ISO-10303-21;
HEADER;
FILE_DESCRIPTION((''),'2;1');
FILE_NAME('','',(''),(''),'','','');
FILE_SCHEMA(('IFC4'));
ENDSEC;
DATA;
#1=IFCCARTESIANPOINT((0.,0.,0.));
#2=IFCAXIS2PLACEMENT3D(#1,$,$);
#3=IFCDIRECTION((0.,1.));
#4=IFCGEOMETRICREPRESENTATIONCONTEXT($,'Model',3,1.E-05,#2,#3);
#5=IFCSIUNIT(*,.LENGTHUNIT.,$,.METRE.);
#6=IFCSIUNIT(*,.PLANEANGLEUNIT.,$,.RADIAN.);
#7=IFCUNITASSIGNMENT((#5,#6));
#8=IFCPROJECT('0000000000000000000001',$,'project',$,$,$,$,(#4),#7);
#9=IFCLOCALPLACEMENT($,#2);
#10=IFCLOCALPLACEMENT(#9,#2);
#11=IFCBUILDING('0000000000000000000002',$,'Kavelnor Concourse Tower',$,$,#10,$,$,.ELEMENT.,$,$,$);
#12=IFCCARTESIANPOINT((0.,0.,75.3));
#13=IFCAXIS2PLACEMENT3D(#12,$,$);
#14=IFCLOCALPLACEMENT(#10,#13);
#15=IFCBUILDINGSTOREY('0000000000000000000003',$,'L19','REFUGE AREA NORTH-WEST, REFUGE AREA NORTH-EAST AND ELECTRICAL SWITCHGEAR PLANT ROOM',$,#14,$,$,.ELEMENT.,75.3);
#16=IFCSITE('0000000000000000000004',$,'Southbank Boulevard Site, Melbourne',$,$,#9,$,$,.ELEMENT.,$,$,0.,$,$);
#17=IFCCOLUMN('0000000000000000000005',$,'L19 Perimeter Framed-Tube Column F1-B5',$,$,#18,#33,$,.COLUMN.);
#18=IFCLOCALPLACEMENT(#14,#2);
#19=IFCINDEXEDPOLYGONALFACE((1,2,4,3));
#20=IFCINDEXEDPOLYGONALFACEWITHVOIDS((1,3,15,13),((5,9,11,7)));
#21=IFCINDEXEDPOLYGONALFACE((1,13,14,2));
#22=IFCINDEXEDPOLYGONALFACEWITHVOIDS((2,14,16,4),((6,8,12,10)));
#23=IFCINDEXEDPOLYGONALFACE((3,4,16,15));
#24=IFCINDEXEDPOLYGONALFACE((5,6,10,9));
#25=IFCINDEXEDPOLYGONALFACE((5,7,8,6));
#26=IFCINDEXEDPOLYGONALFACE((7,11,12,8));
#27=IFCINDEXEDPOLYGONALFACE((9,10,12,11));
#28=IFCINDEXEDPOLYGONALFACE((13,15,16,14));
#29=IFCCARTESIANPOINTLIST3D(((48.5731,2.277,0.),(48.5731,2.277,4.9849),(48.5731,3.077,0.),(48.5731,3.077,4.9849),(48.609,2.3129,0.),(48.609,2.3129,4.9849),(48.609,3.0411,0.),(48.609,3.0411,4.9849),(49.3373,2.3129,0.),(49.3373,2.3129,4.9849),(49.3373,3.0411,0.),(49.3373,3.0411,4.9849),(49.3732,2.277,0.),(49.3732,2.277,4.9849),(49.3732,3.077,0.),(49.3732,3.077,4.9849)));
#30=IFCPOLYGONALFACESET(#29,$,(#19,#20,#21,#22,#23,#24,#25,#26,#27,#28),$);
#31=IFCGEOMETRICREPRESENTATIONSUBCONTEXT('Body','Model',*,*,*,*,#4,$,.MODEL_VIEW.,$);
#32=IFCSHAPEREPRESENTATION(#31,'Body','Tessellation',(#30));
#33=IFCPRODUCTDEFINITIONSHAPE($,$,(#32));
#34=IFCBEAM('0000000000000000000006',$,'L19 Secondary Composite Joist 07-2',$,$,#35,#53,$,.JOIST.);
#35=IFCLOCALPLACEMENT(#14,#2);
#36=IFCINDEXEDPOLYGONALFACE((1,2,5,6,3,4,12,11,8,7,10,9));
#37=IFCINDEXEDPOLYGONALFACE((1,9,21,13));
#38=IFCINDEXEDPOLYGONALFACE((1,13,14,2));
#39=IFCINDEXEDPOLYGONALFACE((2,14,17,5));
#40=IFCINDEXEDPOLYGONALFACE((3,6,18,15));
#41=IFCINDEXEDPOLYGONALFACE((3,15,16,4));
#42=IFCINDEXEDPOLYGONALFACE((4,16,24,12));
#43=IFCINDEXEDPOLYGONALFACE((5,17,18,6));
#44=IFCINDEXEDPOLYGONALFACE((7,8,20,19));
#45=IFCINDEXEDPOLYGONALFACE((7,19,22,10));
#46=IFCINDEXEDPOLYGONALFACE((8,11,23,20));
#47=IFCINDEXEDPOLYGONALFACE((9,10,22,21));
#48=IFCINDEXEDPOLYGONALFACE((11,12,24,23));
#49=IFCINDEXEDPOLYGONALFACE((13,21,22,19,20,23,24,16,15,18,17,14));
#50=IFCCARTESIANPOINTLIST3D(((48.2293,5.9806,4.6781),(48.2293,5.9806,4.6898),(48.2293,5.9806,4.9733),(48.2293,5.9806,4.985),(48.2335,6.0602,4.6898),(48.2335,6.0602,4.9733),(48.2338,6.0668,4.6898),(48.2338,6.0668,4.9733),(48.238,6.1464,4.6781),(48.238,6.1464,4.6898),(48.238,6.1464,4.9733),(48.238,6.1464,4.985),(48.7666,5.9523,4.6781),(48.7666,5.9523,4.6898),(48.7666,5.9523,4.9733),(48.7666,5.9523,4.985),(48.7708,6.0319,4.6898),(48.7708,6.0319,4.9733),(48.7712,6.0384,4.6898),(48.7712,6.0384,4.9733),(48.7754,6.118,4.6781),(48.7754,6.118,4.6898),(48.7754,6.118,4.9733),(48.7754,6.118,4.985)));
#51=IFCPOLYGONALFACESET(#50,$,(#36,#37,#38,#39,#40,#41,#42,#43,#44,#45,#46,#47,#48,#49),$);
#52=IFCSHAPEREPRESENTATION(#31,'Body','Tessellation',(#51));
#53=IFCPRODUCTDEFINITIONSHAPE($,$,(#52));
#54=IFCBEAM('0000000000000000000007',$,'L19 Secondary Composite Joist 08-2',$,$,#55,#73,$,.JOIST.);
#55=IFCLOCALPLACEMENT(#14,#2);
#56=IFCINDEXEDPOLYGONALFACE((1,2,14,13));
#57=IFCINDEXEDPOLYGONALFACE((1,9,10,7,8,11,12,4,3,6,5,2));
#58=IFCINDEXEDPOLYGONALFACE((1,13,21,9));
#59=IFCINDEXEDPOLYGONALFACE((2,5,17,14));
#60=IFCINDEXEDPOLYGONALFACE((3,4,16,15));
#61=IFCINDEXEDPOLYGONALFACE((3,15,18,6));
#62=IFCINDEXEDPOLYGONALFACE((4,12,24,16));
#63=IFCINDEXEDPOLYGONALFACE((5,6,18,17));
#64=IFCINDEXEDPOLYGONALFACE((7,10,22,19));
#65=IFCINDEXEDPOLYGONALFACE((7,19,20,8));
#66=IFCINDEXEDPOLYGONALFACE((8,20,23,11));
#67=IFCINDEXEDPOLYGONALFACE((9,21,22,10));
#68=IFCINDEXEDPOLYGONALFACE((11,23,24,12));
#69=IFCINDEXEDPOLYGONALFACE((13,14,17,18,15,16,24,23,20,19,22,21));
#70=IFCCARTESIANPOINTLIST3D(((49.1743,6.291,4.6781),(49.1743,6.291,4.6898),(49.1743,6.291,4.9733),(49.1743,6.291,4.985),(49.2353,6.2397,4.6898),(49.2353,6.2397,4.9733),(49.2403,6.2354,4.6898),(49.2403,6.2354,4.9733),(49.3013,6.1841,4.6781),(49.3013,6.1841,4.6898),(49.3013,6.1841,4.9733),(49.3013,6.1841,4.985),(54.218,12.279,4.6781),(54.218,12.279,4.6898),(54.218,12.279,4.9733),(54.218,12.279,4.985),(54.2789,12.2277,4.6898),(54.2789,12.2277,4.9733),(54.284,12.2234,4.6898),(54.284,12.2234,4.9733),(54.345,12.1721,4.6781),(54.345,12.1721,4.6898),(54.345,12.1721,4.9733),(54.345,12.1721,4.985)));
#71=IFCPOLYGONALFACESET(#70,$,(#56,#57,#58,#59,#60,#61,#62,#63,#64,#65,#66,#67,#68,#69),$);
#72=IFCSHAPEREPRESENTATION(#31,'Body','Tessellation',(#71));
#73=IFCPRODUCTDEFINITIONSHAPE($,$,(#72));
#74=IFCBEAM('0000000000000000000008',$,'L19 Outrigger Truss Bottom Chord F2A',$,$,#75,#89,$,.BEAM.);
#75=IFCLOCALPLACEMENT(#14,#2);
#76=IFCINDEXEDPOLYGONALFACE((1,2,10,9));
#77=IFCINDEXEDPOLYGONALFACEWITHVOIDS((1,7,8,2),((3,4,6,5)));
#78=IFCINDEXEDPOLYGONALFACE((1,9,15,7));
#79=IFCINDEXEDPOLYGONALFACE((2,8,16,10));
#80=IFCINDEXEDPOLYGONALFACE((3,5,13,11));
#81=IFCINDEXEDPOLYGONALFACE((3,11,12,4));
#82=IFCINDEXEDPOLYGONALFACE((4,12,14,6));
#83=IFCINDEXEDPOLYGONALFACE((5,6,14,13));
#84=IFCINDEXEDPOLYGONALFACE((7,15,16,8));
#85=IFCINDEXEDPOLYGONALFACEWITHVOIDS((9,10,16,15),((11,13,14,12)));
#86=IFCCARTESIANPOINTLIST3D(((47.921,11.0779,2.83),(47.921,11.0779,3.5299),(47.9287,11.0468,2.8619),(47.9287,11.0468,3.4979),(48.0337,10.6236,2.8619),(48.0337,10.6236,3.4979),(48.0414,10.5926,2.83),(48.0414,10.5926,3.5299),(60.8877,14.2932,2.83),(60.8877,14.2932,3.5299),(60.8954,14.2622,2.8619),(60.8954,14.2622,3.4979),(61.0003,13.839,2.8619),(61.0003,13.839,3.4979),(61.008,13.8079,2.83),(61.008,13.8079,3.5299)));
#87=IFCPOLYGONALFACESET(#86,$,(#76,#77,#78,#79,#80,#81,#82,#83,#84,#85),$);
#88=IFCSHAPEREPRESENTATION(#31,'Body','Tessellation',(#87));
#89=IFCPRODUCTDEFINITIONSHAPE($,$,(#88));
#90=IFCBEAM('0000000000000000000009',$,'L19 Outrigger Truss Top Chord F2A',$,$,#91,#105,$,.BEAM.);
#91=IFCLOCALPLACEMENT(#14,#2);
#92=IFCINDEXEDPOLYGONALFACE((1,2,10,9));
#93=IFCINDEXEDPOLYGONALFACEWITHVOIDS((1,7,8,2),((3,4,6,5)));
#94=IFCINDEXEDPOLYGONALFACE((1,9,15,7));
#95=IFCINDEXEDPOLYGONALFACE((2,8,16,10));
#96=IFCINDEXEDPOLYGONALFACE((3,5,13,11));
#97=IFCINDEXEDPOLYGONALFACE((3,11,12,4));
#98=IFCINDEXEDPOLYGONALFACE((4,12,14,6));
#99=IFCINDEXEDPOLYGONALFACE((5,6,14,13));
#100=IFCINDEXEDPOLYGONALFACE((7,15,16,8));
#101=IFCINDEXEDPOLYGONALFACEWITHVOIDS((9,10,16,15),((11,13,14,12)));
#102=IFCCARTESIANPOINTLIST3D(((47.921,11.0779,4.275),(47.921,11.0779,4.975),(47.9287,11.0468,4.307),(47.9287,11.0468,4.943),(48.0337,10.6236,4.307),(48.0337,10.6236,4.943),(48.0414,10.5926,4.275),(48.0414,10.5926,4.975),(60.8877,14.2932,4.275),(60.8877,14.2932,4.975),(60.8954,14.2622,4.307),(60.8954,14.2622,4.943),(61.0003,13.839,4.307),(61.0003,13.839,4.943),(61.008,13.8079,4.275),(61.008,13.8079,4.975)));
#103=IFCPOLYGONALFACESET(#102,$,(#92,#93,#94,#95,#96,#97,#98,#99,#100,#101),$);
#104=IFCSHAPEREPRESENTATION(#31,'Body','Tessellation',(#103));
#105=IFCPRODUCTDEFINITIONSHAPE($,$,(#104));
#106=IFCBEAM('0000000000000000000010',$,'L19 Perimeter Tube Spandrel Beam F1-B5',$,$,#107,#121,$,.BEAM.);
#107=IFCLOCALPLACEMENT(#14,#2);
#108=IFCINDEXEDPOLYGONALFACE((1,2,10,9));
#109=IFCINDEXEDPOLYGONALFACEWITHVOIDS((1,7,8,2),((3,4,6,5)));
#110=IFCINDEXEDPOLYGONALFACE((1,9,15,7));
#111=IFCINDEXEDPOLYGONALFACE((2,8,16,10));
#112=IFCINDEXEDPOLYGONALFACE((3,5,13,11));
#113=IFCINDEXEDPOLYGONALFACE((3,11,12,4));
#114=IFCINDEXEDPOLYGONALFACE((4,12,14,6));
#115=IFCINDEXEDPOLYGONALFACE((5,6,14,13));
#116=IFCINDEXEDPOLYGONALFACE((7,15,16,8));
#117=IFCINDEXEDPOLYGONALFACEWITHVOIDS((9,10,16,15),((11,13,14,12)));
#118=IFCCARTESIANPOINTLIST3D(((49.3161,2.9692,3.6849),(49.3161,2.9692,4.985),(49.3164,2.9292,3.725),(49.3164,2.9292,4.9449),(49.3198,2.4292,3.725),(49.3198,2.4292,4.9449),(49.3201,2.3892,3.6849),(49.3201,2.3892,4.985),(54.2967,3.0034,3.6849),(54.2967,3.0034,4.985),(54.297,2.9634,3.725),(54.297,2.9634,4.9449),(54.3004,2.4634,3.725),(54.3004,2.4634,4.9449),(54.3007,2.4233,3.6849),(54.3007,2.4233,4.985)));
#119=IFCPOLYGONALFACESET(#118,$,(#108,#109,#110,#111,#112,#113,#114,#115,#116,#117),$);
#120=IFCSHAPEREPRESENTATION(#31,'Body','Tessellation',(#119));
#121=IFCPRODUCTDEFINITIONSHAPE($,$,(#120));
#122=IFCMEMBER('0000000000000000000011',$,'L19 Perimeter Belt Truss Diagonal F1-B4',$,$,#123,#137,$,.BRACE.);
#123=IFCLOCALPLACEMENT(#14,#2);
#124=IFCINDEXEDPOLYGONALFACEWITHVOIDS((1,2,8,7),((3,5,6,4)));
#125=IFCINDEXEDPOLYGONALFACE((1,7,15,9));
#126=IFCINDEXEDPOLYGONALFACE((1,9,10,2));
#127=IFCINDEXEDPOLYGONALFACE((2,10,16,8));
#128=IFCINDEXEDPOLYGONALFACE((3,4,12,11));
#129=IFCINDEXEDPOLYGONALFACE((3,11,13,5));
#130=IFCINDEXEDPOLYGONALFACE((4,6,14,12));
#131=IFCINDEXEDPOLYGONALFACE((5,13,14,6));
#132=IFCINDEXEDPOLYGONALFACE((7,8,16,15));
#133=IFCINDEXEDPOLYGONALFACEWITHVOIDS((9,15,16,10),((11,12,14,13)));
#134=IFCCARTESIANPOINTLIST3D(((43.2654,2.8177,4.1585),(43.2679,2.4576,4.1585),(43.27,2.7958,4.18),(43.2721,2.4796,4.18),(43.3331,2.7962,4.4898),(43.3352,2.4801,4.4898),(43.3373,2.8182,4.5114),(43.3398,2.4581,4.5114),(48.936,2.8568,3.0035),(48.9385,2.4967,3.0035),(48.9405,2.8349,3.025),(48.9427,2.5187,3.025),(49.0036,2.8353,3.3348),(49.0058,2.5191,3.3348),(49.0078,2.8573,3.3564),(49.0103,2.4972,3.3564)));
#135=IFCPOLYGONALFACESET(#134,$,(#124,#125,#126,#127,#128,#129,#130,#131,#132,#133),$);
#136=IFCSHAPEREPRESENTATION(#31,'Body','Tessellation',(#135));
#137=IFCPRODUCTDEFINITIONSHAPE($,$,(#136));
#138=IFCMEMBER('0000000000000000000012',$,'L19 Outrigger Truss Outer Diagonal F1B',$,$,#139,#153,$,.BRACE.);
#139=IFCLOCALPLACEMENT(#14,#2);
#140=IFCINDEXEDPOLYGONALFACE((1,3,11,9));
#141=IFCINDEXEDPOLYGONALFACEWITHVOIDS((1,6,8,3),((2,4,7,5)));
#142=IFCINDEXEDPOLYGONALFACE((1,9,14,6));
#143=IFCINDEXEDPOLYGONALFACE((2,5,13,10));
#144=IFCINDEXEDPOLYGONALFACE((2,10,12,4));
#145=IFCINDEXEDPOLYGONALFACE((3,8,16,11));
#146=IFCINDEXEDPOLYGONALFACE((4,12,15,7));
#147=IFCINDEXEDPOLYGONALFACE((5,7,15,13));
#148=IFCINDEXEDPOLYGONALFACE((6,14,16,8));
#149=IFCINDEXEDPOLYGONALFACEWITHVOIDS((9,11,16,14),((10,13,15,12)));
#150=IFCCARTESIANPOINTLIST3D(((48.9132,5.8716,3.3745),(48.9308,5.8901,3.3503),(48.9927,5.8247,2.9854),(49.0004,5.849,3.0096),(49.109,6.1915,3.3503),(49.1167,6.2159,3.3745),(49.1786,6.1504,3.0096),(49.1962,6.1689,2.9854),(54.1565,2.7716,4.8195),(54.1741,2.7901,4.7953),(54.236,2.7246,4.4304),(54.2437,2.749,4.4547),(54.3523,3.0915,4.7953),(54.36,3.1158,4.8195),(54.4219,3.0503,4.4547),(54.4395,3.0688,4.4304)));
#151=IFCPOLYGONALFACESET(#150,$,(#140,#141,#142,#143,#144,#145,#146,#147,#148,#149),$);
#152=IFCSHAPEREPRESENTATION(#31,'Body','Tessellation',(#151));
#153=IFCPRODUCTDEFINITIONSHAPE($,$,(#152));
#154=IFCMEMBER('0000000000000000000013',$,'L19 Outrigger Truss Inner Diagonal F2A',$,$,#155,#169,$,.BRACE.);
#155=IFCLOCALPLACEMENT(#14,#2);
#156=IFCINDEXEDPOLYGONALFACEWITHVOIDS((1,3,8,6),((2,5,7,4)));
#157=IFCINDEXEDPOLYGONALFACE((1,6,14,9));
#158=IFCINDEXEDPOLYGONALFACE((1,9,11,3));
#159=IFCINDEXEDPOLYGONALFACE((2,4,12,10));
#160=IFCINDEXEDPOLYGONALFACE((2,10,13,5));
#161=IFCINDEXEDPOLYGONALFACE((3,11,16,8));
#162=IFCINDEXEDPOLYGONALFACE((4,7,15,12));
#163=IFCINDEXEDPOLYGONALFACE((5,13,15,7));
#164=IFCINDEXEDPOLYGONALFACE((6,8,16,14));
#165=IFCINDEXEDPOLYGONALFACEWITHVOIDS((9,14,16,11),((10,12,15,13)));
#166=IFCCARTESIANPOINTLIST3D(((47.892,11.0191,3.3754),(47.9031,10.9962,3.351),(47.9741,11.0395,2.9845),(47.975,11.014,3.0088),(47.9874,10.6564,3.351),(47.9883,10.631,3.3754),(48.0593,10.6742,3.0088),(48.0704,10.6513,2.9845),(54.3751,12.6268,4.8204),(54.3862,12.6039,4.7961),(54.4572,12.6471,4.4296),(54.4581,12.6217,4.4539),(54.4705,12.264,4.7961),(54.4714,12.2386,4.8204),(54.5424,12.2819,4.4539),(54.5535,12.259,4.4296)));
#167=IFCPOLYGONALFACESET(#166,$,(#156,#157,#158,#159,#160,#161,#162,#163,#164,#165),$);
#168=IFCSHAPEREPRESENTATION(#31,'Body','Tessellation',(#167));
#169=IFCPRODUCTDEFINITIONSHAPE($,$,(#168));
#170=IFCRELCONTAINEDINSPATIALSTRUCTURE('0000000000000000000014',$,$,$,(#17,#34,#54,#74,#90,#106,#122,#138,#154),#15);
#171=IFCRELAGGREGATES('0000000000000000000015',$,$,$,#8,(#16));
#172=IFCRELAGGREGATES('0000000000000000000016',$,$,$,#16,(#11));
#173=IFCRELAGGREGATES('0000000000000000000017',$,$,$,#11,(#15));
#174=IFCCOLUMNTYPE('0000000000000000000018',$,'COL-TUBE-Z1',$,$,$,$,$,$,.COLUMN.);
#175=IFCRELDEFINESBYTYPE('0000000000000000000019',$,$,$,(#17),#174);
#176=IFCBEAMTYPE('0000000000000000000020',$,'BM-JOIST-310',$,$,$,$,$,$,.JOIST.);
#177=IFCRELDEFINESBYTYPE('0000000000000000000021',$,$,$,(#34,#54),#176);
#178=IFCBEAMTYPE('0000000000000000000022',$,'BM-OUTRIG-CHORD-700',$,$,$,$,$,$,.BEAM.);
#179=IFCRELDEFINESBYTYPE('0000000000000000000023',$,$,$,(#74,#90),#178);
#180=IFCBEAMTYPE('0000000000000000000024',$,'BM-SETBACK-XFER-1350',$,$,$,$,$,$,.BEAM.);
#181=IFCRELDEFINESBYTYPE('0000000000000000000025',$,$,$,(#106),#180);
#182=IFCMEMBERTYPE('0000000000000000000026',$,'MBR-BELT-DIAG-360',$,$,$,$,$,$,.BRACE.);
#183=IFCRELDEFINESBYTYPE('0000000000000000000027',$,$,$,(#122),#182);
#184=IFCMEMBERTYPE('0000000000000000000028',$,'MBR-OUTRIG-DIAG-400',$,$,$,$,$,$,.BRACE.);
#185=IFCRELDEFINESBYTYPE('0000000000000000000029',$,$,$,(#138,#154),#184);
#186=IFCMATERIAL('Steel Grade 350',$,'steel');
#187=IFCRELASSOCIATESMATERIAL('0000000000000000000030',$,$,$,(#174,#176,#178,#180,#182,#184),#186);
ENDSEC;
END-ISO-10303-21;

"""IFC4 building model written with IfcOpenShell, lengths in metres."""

from ifc_helpers import new_model, si_unit, direction, frame, origin, origin_2d, place, context, subcontext, project, spatial, hollow_rectangle, i_section, extrude, material, material_profile, profile_set, type_object, element, save


model = new_model("IFC4")

# Units and contexts
model_context = context("Model", 3, precision=1e-05, world=origin(), true_north=direction((0.0, 1.0)))
body_context = subcontext(model_context, "Body", "Model", "MODEL_VIEW")
ifc_project = project(units=[si_unit("LENGTHUNIT", "METRE"), si_unit("PLANEANGLEUNIT", "RADIAN")], contexts=[model_context])

# Site, building, storey
site_placement = place(None, origin())
site = spatial("IfcSite", under=ifc_project, at=site_placement, Name="Southbank Boulevard Site, Melbourne", CompositionType="ELEMENT", RefElevation=0.0)
building_placement = place(site_placement, origin())
building = spatial("IfcBuilding", under=site, at=building_placement, Name="Kavelnor Concourse Tower", CompositionType="ELEMENT")
storey_placement = place(building_placement, frame((0.0, 0.0, 75.3)))
storey = spatial("IfcBuildingStorey", under=building, at=storey_placement, Name="L19", Description="REFUGE AREA NORTH-WEST, REFUGE AREA NORTH-EAST AND ELECTRICAL SWITCHGEAR PLANT ROOM", CompositionType="ELEMENT", Elevation=75.3)

# Column
ifc_material_1 = material(Name="Steel Grade 350", Category="steel")
ifc_material_profile_1 = material_profile(ifc_material_1, hollow_rectangle(XDim=0.8, YDim=0.8, WallThickness=0.0359, at=origin_2d()), Name="SHS 800x800x36")
ifc_profile_set_1 = profile_set([ifc_material_profile_1], Name="Steel Grade 350")
column_type = type_object("IfcColumnType", Name="COL-TUBE-Z1", PredefinedType="COLUMN", material=ifc_profile_set_1)
column_placement = place(storey_placement, frame((48.9731, 2.677, 0.0), z_axis=(0.0, 0.0, 1.0), x_axis=(1.0, 0.0, 0.0)))
element("IfcColumn", 1, at=column_placement, inside=storey, type_object=column_type, Name="L19 Perimeter Framed-Tube Column F1-B5", PredefinedType="COLUMN", context=body_context, shape_type="SweptSolid", body=[
    extrude(hollow_rectangle(XDim=0.8, YDim=0.8, WallThickness=0.0359, at=origin_2d()), origin(), (0.0, 0.0, 1.0), 4.9849),
])

# Beams
ifc_material_profile_2 = material_profile(ifc_material_1, i_section(OverallWidth=0.166, OverallDepth=0.3069, WebThickness=0.0066, FlangeThickness=0.0117, at=origin_2d()), Name="310UB46")
ifc_profile_set_2 = profile_set([ifc_material_profile_2], Name="Steel Grade 350")
beam_type_1 = type_object("IfcBeamType", Name="BM-JOIST-310", PredefinedType="JOIST", material=ifc_profile_set_2)
beam_1_placement = place(storey_placement, frame((48.2336, 6.0635, 4.8315), z_axis=(0.998614, -0.05263, 0.0), x_axis=(0.05263, 0.998614, 0.0)))
element("IfcBeam", 2, at=beam_1_placement, inside=storey, type_object=beam_type_1, Name="L19 Secondary Composite Joist 07-2", PredefinedType="JOIST", context=body_context, shape_type="SweptSolid", body=[
    extrude(i_section(OverallWidth=0.166, OverallDepth=0.3069, WebThickness=0.0066, FlangeThickness=0.0117, at=origin_2d()), origin(), (0.0, 0.0, 1.0), 0.5381),
])
beam_2_placement = place(storey_placement, frame((49.2378, 6.2375, 4.8315), z_axis=(0.644221, 0.764839, 0.0), x_axis=(-0.764839, 0.644221, 0.0)))
element("IfcBeam", 3, at=beam_2_placement, inside=storey, type_object=beam_type_1, Name="L19 Secondary Composite Joist 08-2", PredefinedType="JOIST", context=body_context, shape_type="SweptSolid", body=[
    extrude(i_section(OverallWidth=0.166, OverallDepth=0.3069, WebThickness=0.0066, FlangeThickness=0.0117, at=origin_2d()), origin(), (0.0, 0.0, 1.0), 7.8291),
])
ifc_material_profile_3 = material_profile(ifc_material_1, hollow_rectangle(XDim=0.5, YDim=0.7, WallThickness=0.032, at=origin_2d()), Name="RHS 700x500x32")
ifc_profile_set_3 = profile_set([ifc_material_profile_3], Name="Steel Grade 350")
beam_type_2 = type_object("IfcBeamType", Name="BM-OUTRIG-CHORD-700", PredefinedType="BEAM", material=ifc_profile_set_3)
for number, where, z_axis, x_axis, name in (
    (4, (47.9812, 10.8352, 3.1799), (0.970604, 0.240682, 0.0), (-0.240682, 0.970604, 0.0), "L19 Outrigger Truss Bottom Chord F2A"),
    (5, (47.9812, 10.8352, 4.625), (0.970604, 0.240682, 0.0), (-0.240682, 0.970604, 0.0), "L19 Outrigger Truss Top Chord F2A"),
):
    element("IfcBeam", number, at=place(storey_placement, frame(where, z_axis=z_axis, x_axis=x_axis)), inside=storey, type_object=beam_type_2, Name=name, PredefinedType="BEAM", context=body_context, shape_type="SweptSolid", body=[
        extrude(hollow_rectangle(XDim=0.5, YDim=0.7, WallThickness=0.032, at=origin_2d()), origin(), (0.0, 0.0, 1.0), 13.3594),
    ])
ifc_material_profile_4 = material_profile(ifc_material_1, hollow_rectangle(XDim=0.5801, YDim=1.3, WallThickness=0.04, at=origin_2d()), Name="RHS 1300x580x40")
ifc_profile_set_4 = profile_set([ifc_material_profile_4], Name="Steel Grade 350")
beam_type_3 = type_object("IfcBeamType", Name="BM-SETBACK-XFER-1350", PredefinedType="BEAM", material=ifc_profile_set_4)
beam_3_placement = place(storey_placement, frame((49.3181, 2.6792, 4.335), z_axis=(0.999976, 0.006862, 0.0), x_axis=(-0.006862, 0.999976, 0.0)))
element("IfcBeam", 6, at=beam_3_placement, inside=storey, type_object=beam_type_3, Name="L19 Perimeter Tube Spandrel Beam F1-B5", PredefinedType="BEAM", context=body_context, shape_type="SweptSolid", body=[
    extrude(hollow_rectangle(XDim=0.5801, YDim=1.3, WallThickness=0.04, at=origin_2d()), origin(), (0.0, 0.0, 1.0), 4.9807),
])

# Members
ifc_material_profile_5 = material_profile(ifc_material_1, hollow_rectangle(XDim=0.3601, YDim=0.3601, WallThickness=0.022, at=origin_2d()), Name="SHS 360x360x22")
ifc_profile_set_5 = profile_set([ifc_material_profile_5], Name="Steel Grade 350")
member_type_1 = type_object("IfcMemberType", Name="MBR-BELT-DIAG-360", PredefinedType="BRACE", material=ifc_profile_set_5)
member_1_placement = place(storey_placement, frame((48.9731, 2.677, 3.1799), z_axis=(-0.979858, -0.00675, 0.199583), x_axis=(0.006888, -0.999976, 0.0)))
element("IfcMember", 7, at=member_1_placement, inside=storey, type_object=member_type_1, Name="L19 Perimeter Belt Truss Diagonal F1-B4", PredefinedType="BRACE", context=body_context, shape_type="SweptSolid", body=[
    extrude(hollow_rectangle(XDim=0.3601, YDim=0.3601, WallThickness=0.022, at=origin_2d()), origin(), (0.0, 0.0, 1.0), 5.7871),
])
ifc_material_profile_6 = material_profile(ifc_material_1, hollow_rectangle(XDim=0.3999, YDim=0.3999, WallThickness=0.0249, at=origin_2d()), Name="SHS 400x400x25")
ifc_profile_set_6 = profile_set([ifc_material_profile_6], Name="Steel Grade 350")
member_type_2 = type_object("IfcMemberType", Name="MBR-OUTRIG-DIAG-400", PredefinedType="BRACE", material=ifc_profile_set_6)
member_2_placement = place(storey_placement, frame((49.0547, 6.0203, 3.1799), z_axis=(0.837556, -0.495194, 0.230828), x_axis=(0.508939, 0.860803, 0.0)))
element("IfcMember", 8, at=member_2_placement, inside=storey, type_object=member_type_2, Name="L19 Outrigger Truss Outer Diagonal F1B", PredefinedType="BRACE", context=body_context, shape_type="SweptSolid", body=[
    extrude(hollow_rectangle(XDim=0.3999, YDim=0.3999, WallThickness=0.0249, at=origin_2d()), origin(), (0.0, 0.0, 1.0), 6.2603),
])
member_3_placement = place(storey_placement, frame((47.9812, 10.8352, 3.1799), z_axis=(0.948656, 0.235244, 0.211452), x_axis=(-0.240686, 0.970603, 0.0)))
element("IfcMember", 9, at=member_3_placement, inside=storey, type_object=member_type_2, Name="L19 Outrigger Truss Inner Diagonal F2A", PredefinedType="BRACE", context=body_context, shape_type="SweptSolid", body=[
    extrude(hollow_rectangle(XDim=0.3999, YDim=0.3999, WallThickness=0.0249, at=origin_2d()), origin(), (0.0, 0.0, 1.0), 6.834),
])

save(model, "model.ifc")
